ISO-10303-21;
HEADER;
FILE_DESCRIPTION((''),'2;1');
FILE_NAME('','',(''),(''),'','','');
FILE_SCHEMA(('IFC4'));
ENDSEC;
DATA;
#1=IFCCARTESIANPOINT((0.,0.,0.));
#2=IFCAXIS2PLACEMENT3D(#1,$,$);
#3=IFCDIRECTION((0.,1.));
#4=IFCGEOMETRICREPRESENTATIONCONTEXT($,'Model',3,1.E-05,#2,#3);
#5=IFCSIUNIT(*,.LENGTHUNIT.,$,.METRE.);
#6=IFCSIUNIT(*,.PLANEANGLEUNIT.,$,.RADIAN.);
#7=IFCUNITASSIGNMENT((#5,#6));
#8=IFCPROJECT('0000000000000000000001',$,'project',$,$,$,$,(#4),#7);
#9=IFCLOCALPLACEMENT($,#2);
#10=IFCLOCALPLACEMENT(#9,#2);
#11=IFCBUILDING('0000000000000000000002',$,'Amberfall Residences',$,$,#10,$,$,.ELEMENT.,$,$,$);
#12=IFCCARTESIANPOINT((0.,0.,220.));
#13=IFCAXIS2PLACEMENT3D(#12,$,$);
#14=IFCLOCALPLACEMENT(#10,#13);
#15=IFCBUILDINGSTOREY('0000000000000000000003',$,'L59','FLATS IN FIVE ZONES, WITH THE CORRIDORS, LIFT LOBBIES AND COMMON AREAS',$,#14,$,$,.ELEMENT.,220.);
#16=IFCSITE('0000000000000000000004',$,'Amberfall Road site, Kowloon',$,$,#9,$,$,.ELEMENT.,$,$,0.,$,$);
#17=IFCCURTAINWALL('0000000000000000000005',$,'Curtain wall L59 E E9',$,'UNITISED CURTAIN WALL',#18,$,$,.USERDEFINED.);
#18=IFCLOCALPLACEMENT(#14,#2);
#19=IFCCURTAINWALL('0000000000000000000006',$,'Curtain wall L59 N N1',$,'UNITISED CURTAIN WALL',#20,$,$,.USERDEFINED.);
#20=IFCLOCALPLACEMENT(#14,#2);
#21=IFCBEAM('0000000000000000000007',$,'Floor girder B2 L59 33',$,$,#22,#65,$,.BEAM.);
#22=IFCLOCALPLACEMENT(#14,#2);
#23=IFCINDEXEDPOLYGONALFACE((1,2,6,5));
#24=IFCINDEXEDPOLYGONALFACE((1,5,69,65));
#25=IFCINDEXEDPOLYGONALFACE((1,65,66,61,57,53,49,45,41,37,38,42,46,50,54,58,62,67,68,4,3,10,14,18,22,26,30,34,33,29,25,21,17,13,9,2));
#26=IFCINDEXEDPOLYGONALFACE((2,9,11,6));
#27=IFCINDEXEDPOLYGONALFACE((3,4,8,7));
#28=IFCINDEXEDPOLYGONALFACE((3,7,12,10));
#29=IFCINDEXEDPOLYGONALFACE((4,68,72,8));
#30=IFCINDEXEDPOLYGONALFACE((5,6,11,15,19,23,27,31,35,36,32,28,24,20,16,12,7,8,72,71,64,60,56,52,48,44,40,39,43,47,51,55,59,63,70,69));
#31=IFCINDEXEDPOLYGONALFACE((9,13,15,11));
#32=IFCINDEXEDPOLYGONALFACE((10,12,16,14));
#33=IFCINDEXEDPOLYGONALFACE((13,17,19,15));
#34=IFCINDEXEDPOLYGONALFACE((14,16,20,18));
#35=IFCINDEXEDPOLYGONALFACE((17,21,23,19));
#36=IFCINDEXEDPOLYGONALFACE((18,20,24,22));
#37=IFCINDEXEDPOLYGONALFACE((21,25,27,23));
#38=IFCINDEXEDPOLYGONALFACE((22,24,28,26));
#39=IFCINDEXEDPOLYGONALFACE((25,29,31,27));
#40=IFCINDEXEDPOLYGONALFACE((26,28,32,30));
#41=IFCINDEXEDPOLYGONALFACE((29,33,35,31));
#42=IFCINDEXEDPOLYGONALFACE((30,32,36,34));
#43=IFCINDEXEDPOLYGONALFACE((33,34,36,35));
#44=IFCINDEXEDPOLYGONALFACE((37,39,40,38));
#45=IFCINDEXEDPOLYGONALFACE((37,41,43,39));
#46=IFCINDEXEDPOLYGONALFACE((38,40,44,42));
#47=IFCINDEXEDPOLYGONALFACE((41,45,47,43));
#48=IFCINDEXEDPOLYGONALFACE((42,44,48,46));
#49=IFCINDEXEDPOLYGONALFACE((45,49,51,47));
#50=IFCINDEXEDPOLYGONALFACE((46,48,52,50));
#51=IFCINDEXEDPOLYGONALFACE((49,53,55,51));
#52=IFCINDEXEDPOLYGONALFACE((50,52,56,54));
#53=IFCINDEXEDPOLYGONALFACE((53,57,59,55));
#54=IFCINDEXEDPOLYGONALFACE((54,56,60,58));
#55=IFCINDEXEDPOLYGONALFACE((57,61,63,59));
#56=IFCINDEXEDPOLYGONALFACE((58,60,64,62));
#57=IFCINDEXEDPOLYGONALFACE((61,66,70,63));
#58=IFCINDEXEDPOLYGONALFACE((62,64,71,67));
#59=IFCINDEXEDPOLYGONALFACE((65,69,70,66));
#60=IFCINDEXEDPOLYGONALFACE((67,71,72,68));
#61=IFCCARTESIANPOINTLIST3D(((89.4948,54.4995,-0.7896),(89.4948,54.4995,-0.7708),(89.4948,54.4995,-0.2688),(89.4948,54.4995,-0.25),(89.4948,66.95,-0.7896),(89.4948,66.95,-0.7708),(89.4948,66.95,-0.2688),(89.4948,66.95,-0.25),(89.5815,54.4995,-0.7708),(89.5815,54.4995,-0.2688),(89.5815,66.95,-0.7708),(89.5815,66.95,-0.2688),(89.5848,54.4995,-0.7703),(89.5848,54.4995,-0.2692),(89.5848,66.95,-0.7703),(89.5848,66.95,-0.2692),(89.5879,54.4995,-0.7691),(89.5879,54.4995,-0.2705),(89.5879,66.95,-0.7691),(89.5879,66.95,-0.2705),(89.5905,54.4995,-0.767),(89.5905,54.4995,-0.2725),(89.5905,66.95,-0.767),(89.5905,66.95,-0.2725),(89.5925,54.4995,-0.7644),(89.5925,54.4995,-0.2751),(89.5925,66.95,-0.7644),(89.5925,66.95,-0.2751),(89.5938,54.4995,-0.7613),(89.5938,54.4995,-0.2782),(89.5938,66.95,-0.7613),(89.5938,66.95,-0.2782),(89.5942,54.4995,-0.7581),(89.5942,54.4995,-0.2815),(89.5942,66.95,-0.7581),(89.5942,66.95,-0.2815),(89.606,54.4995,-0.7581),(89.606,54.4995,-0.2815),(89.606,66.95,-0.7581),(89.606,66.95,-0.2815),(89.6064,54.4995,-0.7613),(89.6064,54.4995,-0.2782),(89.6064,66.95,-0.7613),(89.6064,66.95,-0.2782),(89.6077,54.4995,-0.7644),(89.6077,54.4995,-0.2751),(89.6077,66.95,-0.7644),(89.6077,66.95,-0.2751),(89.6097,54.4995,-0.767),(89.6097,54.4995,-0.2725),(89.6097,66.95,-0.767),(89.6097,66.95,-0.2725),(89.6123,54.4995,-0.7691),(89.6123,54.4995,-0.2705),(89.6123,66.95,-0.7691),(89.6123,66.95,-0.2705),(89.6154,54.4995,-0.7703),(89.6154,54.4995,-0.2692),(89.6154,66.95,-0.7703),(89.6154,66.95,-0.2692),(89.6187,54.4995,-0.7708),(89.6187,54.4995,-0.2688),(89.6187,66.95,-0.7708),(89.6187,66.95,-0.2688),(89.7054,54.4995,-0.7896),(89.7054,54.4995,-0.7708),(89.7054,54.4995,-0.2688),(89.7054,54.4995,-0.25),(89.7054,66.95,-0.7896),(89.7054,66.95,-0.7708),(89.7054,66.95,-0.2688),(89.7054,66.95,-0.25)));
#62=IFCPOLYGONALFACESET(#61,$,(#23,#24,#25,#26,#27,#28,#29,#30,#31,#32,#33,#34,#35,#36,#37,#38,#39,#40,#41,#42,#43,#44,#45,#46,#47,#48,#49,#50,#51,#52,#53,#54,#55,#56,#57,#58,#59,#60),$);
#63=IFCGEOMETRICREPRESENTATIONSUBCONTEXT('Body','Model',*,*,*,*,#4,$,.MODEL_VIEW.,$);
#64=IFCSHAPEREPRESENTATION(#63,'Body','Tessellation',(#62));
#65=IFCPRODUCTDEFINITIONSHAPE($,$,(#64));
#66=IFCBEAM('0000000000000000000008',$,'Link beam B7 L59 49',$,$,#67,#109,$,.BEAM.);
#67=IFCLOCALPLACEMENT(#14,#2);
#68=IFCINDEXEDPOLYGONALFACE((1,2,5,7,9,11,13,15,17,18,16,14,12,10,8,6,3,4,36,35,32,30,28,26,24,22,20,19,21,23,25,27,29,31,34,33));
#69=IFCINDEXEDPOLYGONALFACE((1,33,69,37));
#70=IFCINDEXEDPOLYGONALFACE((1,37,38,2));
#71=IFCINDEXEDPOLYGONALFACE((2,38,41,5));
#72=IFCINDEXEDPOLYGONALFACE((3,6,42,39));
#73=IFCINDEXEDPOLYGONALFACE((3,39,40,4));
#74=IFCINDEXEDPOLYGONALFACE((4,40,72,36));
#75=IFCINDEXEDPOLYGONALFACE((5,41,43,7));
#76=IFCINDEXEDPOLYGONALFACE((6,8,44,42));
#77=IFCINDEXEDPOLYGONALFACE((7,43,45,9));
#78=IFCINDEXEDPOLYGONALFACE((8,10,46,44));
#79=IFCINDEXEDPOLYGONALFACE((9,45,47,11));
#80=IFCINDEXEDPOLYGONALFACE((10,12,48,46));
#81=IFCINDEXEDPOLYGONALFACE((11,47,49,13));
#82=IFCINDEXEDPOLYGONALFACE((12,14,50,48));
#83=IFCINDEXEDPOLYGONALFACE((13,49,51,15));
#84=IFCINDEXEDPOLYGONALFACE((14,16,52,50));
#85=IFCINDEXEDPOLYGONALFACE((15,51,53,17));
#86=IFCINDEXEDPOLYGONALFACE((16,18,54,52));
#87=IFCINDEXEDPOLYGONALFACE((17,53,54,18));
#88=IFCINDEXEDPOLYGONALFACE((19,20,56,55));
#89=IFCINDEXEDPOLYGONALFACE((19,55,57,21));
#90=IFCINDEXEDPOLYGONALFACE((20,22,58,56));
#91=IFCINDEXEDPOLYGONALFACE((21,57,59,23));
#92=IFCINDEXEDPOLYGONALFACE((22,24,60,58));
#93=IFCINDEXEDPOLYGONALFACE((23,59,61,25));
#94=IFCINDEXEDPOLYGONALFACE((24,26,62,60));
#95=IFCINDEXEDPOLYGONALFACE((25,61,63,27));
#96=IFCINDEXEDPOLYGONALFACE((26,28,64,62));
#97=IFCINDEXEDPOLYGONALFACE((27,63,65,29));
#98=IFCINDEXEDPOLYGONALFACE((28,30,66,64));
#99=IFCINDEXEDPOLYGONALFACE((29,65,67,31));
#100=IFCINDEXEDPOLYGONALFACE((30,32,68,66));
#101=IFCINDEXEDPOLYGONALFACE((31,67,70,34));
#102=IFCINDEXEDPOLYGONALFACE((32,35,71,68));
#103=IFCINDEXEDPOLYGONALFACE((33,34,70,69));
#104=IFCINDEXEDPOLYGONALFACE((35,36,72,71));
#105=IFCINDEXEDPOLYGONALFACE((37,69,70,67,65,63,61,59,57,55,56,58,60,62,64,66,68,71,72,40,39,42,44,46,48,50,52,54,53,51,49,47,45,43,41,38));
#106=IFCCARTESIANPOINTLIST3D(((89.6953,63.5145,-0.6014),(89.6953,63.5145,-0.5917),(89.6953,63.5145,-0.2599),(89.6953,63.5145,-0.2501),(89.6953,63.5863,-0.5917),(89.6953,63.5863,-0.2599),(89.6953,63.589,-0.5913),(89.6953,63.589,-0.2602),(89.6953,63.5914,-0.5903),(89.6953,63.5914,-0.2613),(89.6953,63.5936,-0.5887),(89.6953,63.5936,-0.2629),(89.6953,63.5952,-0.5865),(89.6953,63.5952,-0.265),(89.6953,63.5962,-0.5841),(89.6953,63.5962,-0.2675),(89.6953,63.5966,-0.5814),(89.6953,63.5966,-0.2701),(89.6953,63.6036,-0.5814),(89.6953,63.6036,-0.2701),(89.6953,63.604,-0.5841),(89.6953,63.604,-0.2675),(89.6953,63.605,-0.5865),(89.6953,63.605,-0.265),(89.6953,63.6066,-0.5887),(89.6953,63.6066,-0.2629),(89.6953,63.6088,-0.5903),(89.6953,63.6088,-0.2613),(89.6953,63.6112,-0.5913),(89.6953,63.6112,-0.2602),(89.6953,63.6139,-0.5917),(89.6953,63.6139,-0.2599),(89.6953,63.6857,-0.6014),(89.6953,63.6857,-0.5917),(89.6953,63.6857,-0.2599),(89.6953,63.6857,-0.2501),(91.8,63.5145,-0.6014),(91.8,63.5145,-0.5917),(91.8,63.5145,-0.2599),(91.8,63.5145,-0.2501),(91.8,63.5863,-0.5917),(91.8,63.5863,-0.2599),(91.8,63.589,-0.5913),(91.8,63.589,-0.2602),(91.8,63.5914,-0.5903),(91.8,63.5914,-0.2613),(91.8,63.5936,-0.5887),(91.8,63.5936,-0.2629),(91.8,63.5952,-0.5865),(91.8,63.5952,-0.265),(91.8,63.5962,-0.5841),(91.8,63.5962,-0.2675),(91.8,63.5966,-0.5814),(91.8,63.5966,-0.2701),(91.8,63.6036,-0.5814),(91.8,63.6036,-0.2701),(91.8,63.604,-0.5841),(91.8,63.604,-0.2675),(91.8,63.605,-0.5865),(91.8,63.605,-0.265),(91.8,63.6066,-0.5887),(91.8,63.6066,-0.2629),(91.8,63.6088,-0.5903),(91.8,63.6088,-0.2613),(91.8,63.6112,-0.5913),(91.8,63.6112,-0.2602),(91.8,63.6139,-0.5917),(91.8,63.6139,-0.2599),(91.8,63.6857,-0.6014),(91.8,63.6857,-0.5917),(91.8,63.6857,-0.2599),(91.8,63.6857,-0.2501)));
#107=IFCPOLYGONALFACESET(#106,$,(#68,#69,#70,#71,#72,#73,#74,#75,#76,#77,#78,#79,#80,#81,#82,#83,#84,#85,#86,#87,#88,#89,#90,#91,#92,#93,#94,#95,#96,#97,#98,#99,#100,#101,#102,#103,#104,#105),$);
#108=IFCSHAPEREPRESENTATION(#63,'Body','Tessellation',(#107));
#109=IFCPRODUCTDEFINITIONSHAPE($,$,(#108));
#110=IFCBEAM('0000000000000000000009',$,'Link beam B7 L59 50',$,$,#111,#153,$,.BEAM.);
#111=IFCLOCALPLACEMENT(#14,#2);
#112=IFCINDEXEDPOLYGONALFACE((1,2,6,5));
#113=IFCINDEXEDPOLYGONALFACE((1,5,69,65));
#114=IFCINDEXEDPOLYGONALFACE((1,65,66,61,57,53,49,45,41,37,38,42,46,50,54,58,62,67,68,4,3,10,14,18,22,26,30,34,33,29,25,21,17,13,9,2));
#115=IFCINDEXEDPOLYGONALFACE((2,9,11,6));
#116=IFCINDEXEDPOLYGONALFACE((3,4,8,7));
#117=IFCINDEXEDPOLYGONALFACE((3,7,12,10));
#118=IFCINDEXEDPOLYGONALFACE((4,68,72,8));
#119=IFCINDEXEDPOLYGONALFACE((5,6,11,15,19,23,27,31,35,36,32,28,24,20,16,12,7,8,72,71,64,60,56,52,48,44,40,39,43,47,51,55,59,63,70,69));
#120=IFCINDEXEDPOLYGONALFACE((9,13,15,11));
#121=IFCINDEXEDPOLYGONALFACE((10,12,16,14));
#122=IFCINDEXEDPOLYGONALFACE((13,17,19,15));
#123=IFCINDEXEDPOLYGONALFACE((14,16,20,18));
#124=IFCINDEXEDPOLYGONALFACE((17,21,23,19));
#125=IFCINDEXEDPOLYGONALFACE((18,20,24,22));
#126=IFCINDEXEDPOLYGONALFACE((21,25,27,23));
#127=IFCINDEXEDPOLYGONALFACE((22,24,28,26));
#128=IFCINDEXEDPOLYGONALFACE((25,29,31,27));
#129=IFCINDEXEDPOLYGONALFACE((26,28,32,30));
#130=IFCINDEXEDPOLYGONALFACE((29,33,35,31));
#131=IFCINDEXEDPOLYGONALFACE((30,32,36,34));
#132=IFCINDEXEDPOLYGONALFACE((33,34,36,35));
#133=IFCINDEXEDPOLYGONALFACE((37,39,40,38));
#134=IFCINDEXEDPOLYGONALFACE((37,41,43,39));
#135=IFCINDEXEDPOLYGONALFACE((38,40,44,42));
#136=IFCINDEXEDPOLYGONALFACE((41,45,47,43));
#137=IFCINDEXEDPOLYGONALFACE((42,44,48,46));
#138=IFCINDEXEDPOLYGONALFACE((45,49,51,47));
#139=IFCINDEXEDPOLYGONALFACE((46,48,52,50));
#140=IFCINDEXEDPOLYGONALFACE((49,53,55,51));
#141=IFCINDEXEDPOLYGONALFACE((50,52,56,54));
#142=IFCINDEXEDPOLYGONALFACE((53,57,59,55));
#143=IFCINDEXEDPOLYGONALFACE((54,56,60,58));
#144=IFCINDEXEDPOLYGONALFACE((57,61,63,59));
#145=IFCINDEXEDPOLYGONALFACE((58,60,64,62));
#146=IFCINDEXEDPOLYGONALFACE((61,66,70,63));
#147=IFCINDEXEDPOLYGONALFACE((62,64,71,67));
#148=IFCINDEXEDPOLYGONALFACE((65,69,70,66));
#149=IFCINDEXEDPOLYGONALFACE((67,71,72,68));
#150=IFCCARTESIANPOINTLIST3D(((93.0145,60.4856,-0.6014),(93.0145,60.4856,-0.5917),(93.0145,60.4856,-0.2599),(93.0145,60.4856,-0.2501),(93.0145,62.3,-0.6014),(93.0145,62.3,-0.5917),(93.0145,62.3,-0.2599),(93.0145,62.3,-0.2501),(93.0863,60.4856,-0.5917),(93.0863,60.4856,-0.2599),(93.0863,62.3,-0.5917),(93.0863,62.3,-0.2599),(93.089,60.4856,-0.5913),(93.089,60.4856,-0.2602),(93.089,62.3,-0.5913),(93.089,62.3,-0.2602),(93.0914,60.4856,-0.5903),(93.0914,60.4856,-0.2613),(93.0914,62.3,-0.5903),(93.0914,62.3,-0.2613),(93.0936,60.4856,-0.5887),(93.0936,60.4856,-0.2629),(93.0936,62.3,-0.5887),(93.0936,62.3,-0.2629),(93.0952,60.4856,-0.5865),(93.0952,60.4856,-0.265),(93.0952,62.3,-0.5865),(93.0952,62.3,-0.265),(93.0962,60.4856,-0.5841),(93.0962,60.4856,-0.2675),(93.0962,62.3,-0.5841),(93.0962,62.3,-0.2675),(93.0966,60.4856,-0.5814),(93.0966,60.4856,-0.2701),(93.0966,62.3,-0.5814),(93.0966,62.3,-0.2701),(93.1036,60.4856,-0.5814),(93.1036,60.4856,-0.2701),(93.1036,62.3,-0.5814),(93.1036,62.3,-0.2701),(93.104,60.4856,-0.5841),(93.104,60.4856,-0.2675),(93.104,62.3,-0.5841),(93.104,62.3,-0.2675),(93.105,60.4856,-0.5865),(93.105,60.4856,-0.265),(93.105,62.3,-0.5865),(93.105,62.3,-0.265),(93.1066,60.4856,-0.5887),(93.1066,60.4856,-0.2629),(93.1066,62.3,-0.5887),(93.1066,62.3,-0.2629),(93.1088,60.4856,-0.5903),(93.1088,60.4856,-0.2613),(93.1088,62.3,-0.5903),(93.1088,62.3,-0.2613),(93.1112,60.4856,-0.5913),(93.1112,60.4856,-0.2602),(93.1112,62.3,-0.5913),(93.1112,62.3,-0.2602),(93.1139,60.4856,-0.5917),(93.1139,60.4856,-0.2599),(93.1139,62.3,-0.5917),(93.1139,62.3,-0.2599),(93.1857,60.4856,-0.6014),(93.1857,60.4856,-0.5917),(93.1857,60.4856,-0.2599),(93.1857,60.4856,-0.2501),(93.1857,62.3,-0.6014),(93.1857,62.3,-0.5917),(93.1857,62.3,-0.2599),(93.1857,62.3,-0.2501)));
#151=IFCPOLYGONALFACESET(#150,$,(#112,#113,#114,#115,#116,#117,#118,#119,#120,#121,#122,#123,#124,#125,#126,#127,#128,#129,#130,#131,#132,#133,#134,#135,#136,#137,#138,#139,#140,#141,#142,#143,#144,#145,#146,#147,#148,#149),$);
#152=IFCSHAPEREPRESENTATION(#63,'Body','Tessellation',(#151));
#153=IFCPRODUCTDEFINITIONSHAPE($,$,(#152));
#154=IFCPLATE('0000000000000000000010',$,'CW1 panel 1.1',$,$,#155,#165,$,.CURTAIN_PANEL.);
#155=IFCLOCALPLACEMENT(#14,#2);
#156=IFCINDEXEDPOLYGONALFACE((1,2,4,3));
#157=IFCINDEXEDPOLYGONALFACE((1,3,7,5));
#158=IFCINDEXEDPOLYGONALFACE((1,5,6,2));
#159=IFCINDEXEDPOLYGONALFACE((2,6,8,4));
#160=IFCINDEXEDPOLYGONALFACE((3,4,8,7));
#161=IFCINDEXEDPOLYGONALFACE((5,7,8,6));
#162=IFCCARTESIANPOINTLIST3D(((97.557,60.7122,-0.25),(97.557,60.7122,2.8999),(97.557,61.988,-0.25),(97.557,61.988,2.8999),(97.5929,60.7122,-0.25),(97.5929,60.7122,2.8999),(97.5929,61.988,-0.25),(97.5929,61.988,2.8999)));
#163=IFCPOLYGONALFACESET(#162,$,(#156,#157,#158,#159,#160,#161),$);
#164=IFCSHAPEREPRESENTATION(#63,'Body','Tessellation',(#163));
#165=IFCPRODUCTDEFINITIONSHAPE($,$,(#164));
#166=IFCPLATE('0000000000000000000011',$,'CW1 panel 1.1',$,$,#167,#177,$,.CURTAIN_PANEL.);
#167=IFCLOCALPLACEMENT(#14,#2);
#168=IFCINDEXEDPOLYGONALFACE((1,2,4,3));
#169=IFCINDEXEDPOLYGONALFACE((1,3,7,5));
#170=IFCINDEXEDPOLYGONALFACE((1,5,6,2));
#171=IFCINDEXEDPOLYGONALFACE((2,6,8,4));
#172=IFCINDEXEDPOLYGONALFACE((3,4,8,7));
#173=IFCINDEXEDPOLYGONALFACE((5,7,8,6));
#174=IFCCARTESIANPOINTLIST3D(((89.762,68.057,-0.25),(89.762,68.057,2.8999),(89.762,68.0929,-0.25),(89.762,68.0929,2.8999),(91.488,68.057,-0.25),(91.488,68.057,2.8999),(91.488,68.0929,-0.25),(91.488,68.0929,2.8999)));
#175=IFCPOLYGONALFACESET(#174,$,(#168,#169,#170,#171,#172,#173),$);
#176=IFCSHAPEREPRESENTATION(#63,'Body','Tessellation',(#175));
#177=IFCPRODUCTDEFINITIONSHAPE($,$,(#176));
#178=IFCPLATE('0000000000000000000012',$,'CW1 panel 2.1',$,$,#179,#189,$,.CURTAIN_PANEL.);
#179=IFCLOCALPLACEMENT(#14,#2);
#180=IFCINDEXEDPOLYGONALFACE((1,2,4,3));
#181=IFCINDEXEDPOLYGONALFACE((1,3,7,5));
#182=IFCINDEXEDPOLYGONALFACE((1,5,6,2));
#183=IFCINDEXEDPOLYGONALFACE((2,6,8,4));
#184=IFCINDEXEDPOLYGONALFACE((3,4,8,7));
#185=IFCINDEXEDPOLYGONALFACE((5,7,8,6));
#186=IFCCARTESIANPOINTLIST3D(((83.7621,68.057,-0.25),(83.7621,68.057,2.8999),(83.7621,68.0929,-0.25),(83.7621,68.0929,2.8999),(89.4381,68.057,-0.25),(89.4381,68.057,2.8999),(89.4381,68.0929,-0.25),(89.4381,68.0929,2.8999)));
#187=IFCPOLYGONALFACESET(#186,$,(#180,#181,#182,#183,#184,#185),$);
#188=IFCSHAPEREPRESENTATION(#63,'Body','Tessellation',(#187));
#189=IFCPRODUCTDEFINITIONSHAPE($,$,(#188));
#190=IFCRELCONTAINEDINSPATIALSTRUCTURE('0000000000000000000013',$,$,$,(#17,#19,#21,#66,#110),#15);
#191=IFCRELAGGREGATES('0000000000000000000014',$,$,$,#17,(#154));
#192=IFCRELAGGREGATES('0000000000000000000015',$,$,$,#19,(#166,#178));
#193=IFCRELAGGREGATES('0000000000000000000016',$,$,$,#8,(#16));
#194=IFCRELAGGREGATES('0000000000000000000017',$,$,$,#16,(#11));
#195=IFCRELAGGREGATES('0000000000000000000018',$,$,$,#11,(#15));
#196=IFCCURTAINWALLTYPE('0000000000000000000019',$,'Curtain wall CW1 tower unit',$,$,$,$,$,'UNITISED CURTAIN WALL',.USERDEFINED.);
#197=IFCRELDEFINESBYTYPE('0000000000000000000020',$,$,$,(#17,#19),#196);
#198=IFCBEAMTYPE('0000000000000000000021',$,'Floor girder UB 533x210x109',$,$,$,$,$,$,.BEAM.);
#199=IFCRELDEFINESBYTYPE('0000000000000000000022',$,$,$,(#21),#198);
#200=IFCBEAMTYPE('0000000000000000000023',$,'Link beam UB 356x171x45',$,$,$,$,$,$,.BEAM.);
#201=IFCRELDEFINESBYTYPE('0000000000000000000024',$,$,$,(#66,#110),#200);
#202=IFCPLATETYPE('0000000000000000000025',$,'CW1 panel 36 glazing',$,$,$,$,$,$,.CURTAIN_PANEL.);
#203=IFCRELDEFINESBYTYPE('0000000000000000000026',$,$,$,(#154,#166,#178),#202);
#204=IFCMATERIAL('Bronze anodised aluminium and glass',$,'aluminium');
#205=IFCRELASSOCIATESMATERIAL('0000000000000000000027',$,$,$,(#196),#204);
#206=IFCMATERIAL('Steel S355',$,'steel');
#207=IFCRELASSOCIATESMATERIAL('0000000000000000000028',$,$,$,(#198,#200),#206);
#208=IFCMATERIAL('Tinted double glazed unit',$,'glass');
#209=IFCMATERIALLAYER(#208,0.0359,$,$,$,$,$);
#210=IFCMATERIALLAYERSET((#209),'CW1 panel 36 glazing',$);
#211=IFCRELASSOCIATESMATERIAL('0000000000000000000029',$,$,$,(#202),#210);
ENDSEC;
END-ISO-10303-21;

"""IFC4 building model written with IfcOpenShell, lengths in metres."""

from ifc_helpers import new_model, si_unit, direction, frame, origin, origin_2d, place, context, subcontext, project, spatial, rectangle, i_section, extrude, material, layer, layer_set, material_profile, profile_set, type_object, element, aggregate, save


model = new_model("IFC4")

# Units and contexts
model_context = context("Model", 3, precision=1e-05, world=origin(), true_north=direction((0.0, 1.0)))
body_context = subcontext(model_context, "Body", "Model", "MODEL_VIEW")
ifc_project = project(units=[si_unit("LENGTHUNIT", "METRE"), si_unit("PLANEANGLEUNIT", "RADIAN")], contexts=[model_context])

# Site, building, storey
site_placement = place(None, origin())
site = spatial("IfcSite", under=ifc_project, at=site_placement, Name="Amberfall Road site, Kowloon", CompositionType="ELEMENT", RefElevation=0.0)
building_placement = place(site_placement, origin())
building = spatial("IfcBuilding", under=site, at=building_placement, Name="Amberfall Residences", CompositionType="ELEMENT")
storey_placement = place(building_placement, frame((0.0, 0.0, 220.0)))
storey = spatial("IfcBuildingStorey", under=building, at=storey_placement, Name="L59", Description="FLATS IN FIVE ZONES, WITH THE CORRIDORS, LIFT LOBBIES AND COMMON AREAS", CompositionType="ELEMENT", Elevation=220.0)

# Curtain wall
ifc_material_1 = material(Name="Bronze anodised aluminium and glass", Category="aluminium")
curtain_wall_type = type_object("IfcCurtainWallType", Name="Curtain wall CW1 tower unit", ElementType="UNITISED CURTAIN WALL", PredefinedType="USERDEFINED", material=ifc_material_1)
curtain_wall_1_placement = place(storey_placement, origin())
curtain_wall_1 = element("IfcCurtainWall", 1, at=curtain_wall_1_placement, inside=storey, type_object=curtain_wall_type, Name="Curtain wall L59 E E9", ObjectType="UNITISED CURTAIN WALL", PredefinedType="USERDEFINED")

# Curtain wall
curtain_wall_2_placement = place(storey_placement, origin())
curtain_wall_2 = element("IfcCurtainWall", 2, at=curtain_wall_2_placement, inside=storey, type_object=curtain_wall_type, Name="Curtain wall L59 N N1", ObjectType="UNITISED CURTAIN WALL", PredefinedType="USERDEFINED")

# Beams
ifc_material_2 = material(Name="Steel S355", Category="steel")
ifc_material_profile_1 = material_profile(ifc_material_2, i_section(OverallWidth=0.2107, OverallDepth=0.5396, WebThickness=0.0117, FlangeThickness=0.0188, FilletRadius=0.0127, at=origin_2d()), Name="UB 533x210x109")
ifc_profile_set_1 = profile_set([ifc_material_profile_1], Name="Steel S355")
beam_type_1 = type_object("IfcBeamType", Name="Floor girder UB 533x210x109", PredefinedType="BEAM", material=ifc_profile_set_1)
beam_1_placement = place(storey_placement, frame((89.6001, 66.95, -0.5198), z_axis=(0.0, -1.0, 0.0), x_axis=(1.0, 0.0, 0.0)))
element("IfcBeam", 3, at=beam_1_placement, inside=storey, type_object=beam_type_1, Name="Floor girder B2 L59 33", PredefinedType="BEAM", context=body_context, shape_type="SweptSolid", body=[
    extrude(i_section(OverallWidth=0.2107, OverallDepth=0.5396, WebThickness=0.0117, FlangeThickness=0.0188, FilletRadius=0.0127, at=origin_2d()), origin(), (0.0, 0.0, 1.0), 12.4504),
])
ifc_material_profile_2 = material_profile(ifc_material_2, i_section(OverallWidth=0.1711, OverallDepth=0.3513, WebThickness=0.0071, FlangeThickness=0.0098, FilletRadius=0.0103, at=origin_2d()), Name="UB 356x171x45")
ifc_profile_set_2 = profile_set([ifc_material_profile_2], Name="Steel S355")
beam_type_2 = type_object("IfcBeamType", Name="Link beam UB 356x171x45", PredefinedType="BEAM", material=ifc_profile_set_2)
beam_2_placement = place(storey_placement, frame((91.8, 63.6001, -0.4258), z_axis=(-1.0, 0.0, 0.0), x_axis=(0.0, -1.0, 0.0)))
element("IfcBeam", 4, at=beam_2_placement, inside=storey, type_object=beam_type_2, Name="Link beam B7 L59 49", PredefinedType="BEAM", context=body_context, shape_type="SweptSolid", body=[
    extrude(i_section(OverallWidth=0.1711, OverallDepth=0.3513, WebThickness=0.0071, FlangeThickness=0.0098, FilletRadius=0.0103, at=origin_2d()), origin(), (0.0, 0.0, 1.0), 2.1047),
])
beam_3_placement = place(storey_placement, frame((93.1001, 62.3, -0.4258), z_axis=(0.0, -1.0, 0.0), x_axis=(1.0, 0.0, 0.0)))
element("IfcBeam", 5, at=beam_3_placement, inside=storey, type_object=beam_type_2, Name="Link beam B7 L59 50", PredefinedType="BEAM", context=body_context, shape_type="SweptSolid", body=[
    extrude(i_section(OverallWidth=0.1711, OverallDepth=0.3513, WebThickness=0.0071, FlangeThickness=0.0098, FilletRadius=0.0103, at=origin_2d()), origin(), (0.0, 0.0, 1.0), 1.8145),
])

# Plates
ifc_material_3 = material(Name="Tinted double glazed unit", Category="glass")
ifc_layer_1 = layer(ifc_material_3, 0.0359)
ifc_layer_set_1 = layer_set([ifc_layer_1], Name="CW1 panel 36 glazing")
plate_type = type_object("IfcPlateType", Name="CW1 panel 36 glazing", PredefinedType="CURTAIN_PANEL", material=ifc_layer_set_1)
plate_1_placement = place(storey_placement, frame((97.575, 61.3501, -0.25), z_axis=(0.0, 0.0, 1.0), x_axis=(0.0, 1.0, 0.0)))
plate_1 = element("IfcPlate", 6, at=plate_1_placement, type_object=plate_type, Name="CW1 panel 1.1", PredefinedType="CURTAIN_PANEL", context=body_context, shape_type="SweptSolid", body=[
    extrude(rectangle(XDim=1.2759, YDim=0.0359, at=origin_2d()), origin(), (0.0, 0.0, 1.0), 3.1499),
])
aggregate(curtain_wall_1, [plate_1])
plate_2_placement = place(storey_placement, frame((90.625, 68.075, -0.25), z_axis=(0.0, 0.0, 1.0), x_axis=(-1.0, 0.0, 0.0)))
plate_2 = element("IfcPlate", 7, at=plate_2_placement, type_object=plate_type, Name="CW1 panel 1.1", PredefinedType="CURTAIN_PANEL", context=body_context, shape_type="SweptSolid", body=[
    extrude(rectangle(XDim=1.7261, YDim=0.0359, at=origin_2d()), origin(), (0.0, 0.0, 1.0), 3.1499),
])
plate_3_placement = place(storey_placement, frame((86.6001, 68.075, -0.25), z_axis=(0.0, 0.0, 1.0), x_axis=(-1.0, 0.0, 0.0)))
plate_3 = element("IfcPlate", 8, at=plate_3_placement, type_object=plate_type, Name="CW1 panel 2.1", PredefinedType="CURTAIN_PANEL", context=body_context, shape_type="SweptSolid", body=[
    extrude(rectangle(XDim=5.676, YDim=0.0359, at=origin_2d()), origin(), (0.0, 0.0, 1.0), 3.1499),
])
aggregate(curtain_wall_2, [plate_2, plate_3])

save(model, "model.ifc")
